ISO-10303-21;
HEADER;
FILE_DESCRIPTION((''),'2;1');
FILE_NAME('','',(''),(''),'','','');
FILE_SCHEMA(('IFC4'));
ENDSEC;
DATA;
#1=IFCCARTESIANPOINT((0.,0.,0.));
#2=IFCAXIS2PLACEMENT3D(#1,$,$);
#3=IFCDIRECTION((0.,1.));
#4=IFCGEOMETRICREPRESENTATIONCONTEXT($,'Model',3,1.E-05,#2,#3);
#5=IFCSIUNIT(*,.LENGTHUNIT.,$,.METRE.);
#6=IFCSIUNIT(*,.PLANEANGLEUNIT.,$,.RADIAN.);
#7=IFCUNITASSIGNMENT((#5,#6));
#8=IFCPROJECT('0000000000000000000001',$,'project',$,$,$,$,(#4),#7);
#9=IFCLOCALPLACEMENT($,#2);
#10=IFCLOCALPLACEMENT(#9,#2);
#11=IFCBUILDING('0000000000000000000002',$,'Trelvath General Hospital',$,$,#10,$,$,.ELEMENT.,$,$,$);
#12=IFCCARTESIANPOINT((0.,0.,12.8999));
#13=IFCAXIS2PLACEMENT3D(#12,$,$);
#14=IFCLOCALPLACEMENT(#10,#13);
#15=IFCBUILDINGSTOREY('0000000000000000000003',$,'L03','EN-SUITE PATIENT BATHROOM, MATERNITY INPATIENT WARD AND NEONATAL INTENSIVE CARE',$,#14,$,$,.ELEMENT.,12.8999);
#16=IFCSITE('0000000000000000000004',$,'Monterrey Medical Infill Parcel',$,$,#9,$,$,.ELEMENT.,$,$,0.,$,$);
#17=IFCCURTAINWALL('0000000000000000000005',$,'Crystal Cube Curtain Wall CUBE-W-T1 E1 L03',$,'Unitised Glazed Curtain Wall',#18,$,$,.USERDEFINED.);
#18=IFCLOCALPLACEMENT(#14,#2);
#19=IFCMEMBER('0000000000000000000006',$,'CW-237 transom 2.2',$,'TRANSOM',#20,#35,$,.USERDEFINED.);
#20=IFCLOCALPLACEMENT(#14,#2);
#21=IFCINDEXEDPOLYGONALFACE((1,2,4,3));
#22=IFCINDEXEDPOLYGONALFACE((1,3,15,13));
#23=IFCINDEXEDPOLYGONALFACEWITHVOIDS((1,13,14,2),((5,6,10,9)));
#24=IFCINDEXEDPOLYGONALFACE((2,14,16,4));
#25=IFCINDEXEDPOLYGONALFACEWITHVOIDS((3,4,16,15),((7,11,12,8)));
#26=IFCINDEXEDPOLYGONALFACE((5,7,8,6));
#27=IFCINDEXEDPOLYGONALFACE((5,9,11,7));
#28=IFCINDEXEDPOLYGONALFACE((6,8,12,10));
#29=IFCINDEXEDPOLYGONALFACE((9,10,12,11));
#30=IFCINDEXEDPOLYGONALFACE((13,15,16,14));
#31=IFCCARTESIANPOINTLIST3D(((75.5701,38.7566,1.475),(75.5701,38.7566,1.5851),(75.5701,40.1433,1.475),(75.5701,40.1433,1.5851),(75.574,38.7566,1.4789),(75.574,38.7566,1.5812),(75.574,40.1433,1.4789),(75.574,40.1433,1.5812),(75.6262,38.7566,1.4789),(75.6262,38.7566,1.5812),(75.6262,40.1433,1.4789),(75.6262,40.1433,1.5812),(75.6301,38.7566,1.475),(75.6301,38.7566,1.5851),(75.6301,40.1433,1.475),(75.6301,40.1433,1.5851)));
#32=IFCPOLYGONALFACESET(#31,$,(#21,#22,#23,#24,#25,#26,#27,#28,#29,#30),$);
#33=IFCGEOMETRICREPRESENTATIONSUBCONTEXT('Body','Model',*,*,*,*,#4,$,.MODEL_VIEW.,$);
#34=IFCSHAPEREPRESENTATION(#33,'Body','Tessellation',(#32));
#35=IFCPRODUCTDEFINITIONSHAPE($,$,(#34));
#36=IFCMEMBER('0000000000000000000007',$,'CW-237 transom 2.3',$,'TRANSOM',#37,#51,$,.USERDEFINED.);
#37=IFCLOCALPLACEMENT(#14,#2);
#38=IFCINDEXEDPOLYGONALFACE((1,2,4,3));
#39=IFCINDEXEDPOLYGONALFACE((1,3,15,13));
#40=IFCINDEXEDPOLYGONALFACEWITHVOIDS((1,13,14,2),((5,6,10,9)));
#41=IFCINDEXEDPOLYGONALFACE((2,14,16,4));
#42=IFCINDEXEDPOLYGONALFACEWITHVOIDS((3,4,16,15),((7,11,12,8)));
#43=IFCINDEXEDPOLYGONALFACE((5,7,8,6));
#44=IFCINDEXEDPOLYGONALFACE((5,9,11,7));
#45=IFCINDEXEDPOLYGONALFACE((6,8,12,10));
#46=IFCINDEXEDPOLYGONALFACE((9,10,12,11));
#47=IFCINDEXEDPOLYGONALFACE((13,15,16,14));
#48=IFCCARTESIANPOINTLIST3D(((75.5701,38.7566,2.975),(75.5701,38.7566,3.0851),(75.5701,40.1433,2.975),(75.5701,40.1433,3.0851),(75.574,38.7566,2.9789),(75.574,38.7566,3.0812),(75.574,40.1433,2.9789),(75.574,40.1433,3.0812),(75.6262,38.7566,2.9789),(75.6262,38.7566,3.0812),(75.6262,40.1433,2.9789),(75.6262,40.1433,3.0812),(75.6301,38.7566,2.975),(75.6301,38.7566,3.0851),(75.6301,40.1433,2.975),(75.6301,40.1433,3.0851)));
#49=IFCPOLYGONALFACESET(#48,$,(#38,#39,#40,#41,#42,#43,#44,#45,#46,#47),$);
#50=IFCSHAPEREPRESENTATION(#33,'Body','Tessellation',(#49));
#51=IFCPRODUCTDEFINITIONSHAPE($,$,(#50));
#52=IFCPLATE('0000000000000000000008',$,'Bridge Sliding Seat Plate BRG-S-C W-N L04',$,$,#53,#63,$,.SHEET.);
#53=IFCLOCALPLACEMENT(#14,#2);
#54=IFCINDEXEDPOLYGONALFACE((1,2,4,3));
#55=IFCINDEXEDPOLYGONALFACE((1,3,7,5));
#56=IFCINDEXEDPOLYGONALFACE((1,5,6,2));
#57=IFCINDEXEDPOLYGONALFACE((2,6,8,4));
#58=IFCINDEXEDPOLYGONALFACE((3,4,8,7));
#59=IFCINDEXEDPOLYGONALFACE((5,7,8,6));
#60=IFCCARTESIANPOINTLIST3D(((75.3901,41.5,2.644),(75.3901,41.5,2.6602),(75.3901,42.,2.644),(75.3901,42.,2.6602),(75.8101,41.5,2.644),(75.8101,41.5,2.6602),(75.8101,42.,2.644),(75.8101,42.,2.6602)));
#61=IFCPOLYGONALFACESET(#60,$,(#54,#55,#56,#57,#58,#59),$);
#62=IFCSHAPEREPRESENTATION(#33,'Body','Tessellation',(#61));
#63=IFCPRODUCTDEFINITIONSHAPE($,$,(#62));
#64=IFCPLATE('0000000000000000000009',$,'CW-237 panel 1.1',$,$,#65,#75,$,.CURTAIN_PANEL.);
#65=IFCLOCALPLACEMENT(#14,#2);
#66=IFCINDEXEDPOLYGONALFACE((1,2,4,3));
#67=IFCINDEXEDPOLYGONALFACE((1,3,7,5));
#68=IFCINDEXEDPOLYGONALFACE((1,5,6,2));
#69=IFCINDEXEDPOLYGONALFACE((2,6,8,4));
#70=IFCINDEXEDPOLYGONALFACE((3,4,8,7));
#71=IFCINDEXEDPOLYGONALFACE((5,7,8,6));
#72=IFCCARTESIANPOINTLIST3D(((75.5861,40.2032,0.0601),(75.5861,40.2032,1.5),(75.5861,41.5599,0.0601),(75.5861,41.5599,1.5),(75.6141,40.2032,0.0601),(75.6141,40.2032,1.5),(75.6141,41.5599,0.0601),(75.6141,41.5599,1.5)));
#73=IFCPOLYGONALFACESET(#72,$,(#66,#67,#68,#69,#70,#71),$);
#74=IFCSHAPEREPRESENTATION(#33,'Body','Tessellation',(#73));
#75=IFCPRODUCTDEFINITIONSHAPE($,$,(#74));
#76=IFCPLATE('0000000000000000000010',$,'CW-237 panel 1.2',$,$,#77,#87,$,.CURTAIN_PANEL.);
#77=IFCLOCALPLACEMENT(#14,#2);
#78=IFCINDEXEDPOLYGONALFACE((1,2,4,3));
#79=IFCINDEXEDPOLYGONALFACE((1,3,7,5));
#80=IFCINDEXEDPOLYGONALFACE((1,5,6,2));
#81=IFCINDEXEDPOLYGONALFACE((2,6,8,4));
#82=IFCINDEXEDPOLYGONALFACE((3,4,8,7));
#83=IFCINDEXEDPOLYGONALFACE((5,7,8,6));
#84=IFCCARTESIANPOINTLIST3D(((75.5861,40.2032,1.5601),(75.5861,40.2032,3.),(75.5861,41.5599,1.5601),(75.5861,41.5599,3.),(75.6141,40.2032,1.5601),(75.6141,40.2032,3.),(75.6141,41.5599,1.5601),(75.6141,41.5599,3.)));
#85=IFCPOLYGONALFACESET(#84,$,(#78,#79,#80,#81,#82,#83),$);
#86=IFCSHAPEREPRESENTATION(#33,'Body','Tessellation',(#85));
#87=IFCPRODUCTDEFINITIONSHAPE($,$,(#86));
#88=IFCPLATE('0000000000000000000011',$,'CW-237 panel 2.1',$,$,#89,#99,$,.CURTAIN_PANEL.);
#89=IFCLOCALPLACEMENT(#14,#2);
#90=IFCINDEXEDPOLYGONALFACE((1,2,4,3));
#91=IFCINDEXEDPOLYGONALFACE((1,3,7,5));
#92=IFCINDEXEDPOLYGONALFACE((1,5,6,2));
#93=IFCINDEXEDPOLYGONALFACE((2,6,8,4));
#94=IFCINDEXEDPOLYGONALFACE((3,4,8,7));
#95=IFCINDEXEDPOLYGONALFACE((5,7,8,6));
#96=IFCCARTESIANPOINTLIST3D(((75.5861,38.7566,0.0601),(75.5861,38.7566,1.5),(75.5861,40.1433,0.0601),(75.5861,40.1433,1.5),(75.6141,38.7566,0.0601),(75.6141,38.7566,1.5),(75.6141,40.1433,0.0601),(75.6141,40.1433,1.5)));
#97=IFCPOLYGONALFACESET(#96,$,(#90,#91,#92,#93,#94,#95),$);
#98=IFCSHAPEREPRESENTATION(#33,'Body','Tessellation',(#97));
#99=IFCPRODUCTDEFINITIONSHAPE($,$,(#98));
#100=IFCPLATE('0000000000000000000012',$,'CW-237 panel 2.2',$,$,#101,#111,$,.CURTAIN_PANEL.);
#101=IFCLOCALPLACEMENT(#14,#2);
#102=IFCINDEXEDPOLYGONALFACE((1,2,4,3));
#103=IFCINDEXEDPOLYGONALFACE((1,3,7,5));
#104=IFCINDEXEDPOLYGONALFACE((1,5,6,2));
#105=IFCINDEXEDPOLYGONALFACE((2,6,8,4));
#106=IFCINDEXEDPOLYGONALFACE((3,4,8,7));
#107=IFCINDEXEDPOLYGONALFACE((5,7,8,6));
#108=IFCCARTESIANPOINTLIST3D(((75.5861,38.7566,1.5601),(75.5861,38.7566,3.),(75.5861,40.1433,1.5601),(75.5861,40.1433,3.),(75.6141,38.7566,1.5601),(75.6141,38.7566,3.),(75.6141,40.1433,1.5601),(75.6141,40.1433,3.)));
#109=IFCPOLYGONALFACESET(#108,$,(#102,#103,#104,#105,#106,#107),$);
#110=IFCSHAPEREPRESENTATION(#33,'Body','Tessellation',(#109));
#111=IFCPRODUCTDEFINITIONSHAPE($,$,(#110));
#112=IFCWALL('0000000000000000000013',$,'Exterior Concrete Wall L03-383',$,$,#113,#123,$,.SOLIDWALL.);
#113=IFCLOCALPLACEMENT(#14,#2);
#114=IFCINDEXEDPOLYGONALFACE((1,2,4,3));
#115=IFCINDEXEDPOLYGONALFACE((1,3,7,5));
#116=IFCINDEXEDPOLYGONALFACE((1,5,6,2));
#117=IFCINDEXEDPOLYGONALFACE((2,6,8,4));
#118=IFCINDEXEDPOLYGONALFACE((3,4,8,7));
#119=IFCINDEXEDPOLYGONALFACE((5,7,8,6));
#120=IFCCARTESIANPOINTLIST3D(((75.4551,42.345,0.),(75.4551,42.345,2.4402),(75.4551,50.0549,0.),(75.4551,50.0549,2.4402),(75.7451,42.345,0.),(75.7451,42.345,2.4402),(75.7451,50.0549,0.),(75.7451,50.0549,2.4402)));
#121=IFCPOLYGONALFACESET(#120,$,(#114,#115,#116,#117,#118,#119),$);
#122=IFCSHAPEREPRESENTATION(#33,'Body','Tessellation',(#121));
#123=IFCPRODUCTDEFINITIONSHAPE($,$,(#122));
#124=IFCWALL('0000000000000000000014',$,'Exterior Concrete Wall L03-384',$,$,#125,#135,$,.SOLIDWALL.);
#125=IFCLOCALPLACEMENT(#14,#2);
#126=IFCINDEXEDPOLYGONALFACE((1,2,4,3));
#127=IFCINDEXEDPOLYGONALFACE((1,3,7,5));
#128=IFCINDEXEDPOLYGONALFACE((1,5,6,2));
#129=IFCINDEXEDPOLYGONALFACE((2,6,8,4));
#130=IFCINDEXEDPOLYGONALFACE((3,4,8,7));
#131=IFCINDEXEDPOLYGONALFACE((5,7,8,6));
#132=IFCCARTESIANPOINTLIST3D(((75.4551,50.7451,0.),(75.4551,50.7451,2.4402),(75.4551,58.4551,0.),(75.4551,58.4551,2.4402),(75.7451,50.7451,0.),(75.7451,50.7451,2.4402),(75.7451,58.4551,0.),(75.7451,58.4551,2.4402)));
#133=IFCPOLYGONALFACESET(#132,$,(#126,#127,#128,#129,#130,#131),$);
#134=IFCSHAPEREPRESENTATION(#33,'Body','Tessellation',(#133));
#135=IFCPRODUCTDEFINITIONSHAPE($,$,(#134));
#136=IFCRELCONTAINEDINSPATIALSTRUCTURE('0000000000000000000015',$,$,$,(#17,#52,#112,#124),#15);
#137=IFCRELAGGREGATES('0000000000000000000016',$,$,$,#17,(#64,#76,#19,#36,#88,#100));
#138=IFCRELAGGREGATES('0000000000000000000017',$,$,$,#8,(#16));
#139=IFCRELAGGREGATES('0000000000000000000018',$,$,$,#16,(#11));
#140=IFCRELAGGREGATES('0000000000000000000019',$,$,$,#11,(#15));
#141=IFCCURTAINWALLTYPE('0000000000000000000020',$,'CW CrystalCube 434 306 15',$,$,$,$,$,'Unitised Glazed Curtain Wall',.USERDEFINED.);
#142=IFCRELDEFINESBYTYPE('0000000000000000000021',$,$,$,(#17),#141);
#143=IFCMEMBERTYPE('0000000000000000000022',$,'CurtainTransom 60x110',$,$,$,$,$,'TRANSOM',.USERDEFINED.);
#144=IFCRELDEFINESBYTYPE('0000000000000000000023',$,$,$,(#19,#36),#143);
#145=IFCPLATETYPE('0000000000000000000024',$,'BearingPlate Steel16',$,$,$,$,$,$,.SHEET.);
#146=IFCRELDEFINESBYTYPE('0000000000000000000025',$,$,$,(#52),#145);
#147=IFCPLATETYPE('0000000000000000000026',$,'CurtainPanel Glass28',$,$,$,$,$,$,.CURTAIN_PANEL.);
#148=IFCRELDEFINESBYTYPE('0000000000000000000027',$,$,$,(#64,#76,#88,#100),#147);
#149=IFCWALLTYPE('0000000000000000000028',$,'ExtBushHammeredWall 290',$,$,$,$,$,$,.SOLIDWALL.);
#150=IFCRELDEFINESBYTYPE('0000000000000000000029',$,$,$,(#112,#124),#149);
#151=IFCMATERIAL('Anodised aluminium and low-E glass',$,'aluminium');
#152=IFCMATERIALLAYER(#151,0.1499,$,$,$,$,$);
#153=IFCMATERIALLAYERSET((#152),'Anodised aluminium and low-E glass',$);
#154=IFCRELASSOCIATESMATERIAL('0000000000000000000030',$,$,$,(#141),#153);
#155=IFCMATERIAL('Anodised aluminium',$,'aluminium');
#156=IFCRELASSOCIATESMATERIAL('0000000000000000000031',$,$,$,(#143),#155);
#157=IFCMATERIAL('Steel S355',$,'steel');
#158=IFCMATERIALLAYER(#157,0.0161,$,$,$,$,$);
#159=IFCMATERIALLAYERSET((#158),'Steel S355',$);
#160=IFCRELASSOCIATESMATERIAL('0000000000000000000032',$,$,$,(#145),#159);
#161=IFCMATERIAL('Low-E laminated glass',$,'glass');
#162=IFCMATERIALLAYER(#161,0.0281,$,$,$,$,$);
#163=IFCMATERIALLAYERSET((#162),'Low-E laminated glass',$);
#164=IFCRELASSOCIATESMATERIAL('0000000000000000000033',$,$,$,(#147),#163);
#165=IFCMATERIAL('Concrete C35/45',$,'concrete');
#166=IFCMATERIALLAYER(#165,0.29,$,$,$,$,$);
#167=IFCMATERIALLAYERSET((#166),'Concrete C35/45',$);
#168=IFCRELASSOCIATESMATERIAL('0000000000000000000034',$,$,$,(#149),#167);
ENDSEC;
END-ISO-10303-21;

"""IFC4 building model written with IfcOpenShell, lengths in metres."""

from ifc_helpers import new_model, si_unit, direction, frame, frame_2d, origin, origin_2d, place, context, subcontext, project, spatial, rectangle, hollow_rectangle, extrude, material, layer, layer_set, material_profile, profile_set, type_object, element, aggregate, save


model = new_model("IFC4")

# Units and contexts
model_context = context("Model", 3, precision=1e-05, world=origin(), true_north=direction((0.0, 1.0)))
body_context = subcontext(model_context, "Body", "Model", "MODEL_VIEW")
ifc_project = project(units=[si_unit("LENGTHUNIT", "METRE"), si_unit("PLANEANGLEUNIT", "RADIAN")], contexts=[model_context])

# Site, building, storey
site_placement = place(None, origin())
site = spatial("IfcSite", under=ifc_project, at=site_placement, Name="Monterrey Medical Infill Parcel", CompositionType="ELEMENT", RefElevation=0.0)
building_placement = place(site_placement, origin())
building = spatial("IfcBuilding", under=site, at=building_placement, Name="Trelvath General Hospital", CompositionType="ELEMENT")
storey_placement = place(building_placement, frame((0.0, 0.0, 12.8999)))
storey = spatial("IfcBuildingStorey", under=building, at=storey_placement, Name="L03", Description="EN-SUITE PATIENT BATHROOM, MATERNITY INPATIENT WARD AND NEONATAL INTENSIVE CARE", CompositionType="ELEMENT", Elevation=12.8999)

# Curtain wall, members
ifc_material_1 = material(Name="Anodised aluminium and low-E glass", Category="aluminium")
ifc_layer_1 = layer(ifc_material_1, 0.1499)
ifc_layer_set_1 = layer_set([ifc_layer_1], Name="Anodised aluminium and low-E glass")
curtain_wall_type = type_object("IfcCurtainWallType", Name="CW CrystalCube 434 306 15", ElementType="Unitised Glazed Curtain Wall", PredefinedType="USERDEFINED", material=ifc_layer_set_1)
curtain_wall_placement = place(storey_placement, origin())
curtain_wall = element("IfcCurtainWall", 1, at=curtain_wall_placement, inside=storey, type_object=curtain_wall_type, Name="Crystal Cube Curtain Wall CUBE-W-T1 E1 L03", ObjectType="Unitised Glazed Curtain Wall", PredefinedType="USERDEFINED")
ifc_material_2 = material(Name="Anodised aluminium", Category="aluminium")
ifc_material_profile_1 = material_profile(ifc_material_2, hollow_rectangle(XDim=0.0601, YDim=0.1101, WallThickness=0.0039, at=origin_2d()), Name="RHS60x110x4")
ifc_profile_set_1 = profile_set([ifc_material_profile_1], Name="Anodised aluminium")
member_type_1 = type_object("IfcMemberType", Name="CurtainTransom 60x110", ElementType="TRANSOM", PredefinedType="USERDEFINED", material=ifc_profile_set_1)
member_1_placement = place(storey_placement, frame((75.6001, 40.1433, 1.53), z_axis=(0.0, -1.0, 0.0), x_axis=(1.0, 0.0, 0.0)))
member_1 = element("IfcMember", 2, at=member_1_placement, type_object=member_type_1, Name="CW-237 transom 2.2", ObjectType="TRANSOM", PredefinedType="USERDEFINED", context=body_context, shape_type="SweptSolid", body=[
    extrude(hollow_rectangle(XDim=0.0601, YDim=0.1101, WallThickness=0.0039, at=origin_2d()), origin(), (0.0, 0.0, 1.0), 1.3867),
])
member_2_placement = place(storey_placement, frame((75.6001, 40.1433, 3.03), z_axis=(0.0, -1.0, 0.0), x_axis=(1.0, 0.0, 0.0)))
member_2 = element("IfcMember", 3, at=member_2_placement, type_object=member_type_1, Name="CW-237 transom 2.3", ObjectType="TRANSOM", PredefinedType="USERDEFINED", context=body_context, shape_type="SweptSolid", body=[
    extrude(hollow_rectangle(XDim=0.0601, YDim=0.1101, WallThickness=0.0039, at=origin_2d()), origin(), (0.0, 0.0, 1.0), 1.3867),
])

# Plates
ifc_material_3 = material(Name="Steel S355", Category="steel")
ifc_layer_2 = layer(ifc_material_3, 0.0161)
ifc_layer_set_2 = layer_set([ifc_layer_2], Name="Steel S355")
plate_type_1 = type_object("IfcPlateType", Name="BearingPlate Steel16", PredefinedType="SHEET", material=ifc_layer_set_2)
plate_1_placement = place(storey_placement, frame((75.6001, 41.75, 2.644), z_axis=(0.0, 0.0, 1.0), x_axis=(1.0, 0.0, 0.0)))
element("IfcPlate", 4, at=plate_1_placement, inside=storey, type_object=plate_type_1, Name="Bridge Sliding Seat Plate BRG-S-C W-N L04", PredefinedType="SHEET", context=body_context, shape_type="SweptSolid", body=[
    extrude(rectangle(XDim=0.4199, YDim=0.5, at=origin_2d()), origin(), (0.0, 0.0, 1.0), 0.0161),
])
ifc_material_4 = material(Name="Low-E laminated glass", Category="glass")
ifc_layer_3 = layer(ifc_material_4, 0.0281)
ifc_layer_set_3 = layer_set([ifc_layer_3], Name="Low-E laminated glass")
plate_type_2 = type_object("IfcPlateType", Name="CurtainPanel Glass28", PredefinedType="CURTAIN_PANEL", material=ifc_layer_set_3)
plate_2_placement = place(storey_placement, frame((75.6001, 40.8816, 0.0601), z_axis=(0.0, 0.0, 1.0), x_axis=(0.0, -1.0, 0.0)))
plate_2 = element("IfcPlate", 5, at=plate_2_placement, type_object=plate_type_2, Name="CW-237 panel 1.1", PredefinedType="CURTAIN_PANEL", context=body_context, shape_type="SweptSolid", body=[
    extrude(rectangle(XDim=1.3567, YDim=0.0281, at=origin_2d()), origin(), (0.0, 0.0, 1.0), 1.4399),
])
plate_3_placement = place(storey_placement, frame((75.6001, 40.8816, 1.5601), z_axis=(0.0, 0.0, 1.0), x_axis=(0.0, -1.0, 0.0)))
plate_3 = element("IfcPlate", 6, at=plate_3_placement, type_object=plate_type_2, Name="CW-237 panel 1.2", PredefinedType="CURTAIN_PANEL", context=body_context, shape_type="SweptSolid", body=[
    extrude(rectangle(XDim=1.3567, YDim=0.0281, at=origin_2d()), origin(), (0.0, 0.0, 1.0), 1.4399),
])
plate_4_placement = place(storey_placement, frame((75.6001, 39.45, 0.0601), z_axis=(0.0, 0.0, 1.0), x_axis=(0.0, -1.0, 0.0)))
plate_4 = element("IfcPlate", 7, at=plate_4_placement, type_object=plate_type_2, Name="CW-237 panel 2.1", PredefinedType="CURTAIN_PANEL", context=body_context, shape_type="SweptSolid", body=[
    extrude(rectangle(XDim=1.3867, YDim=0.0281, at=origin_2d()), origin(), (0.0, 0.0, 1.0), 1.4399),
])
plate_5_placement = place(storey_placement, frame((75.6001, 39.45, 1.5601), z_axis=(0.0, 0.0, 1.0), x_axis=(0.0, -1.0, 0.0)))
plate_5 = element("IfcPlate", 8, at=plate_5_placement, type_object=plate_type_2, Name="CW-237 panel 2.2", PredefinedType="CURTAIN_PANEL", context=body_context, shape_type="SweptSolid", body=[
    extrude(rectangle(XDim=1.3867, YDim=0.0281, at=origin_2d()), origin(), (0.0, 0.0, 1.0), 1.4399),
])
aggregate(curtain_wall, [plate_2, plate_3, member_1, member_2, plate_4, plate_5])

# Walls
ifc_material_5 = material(Name="Concrete C35/45", Category="concrete")
ifc_layer_4 = layer(ifc_material_5, 0.29)
ifc_layer_set_4 = layer_set([ifc_layer_4], Name="Concrete C35/45")
wall_type = type_object("IfcWallType", Name="ExtBushHammeredWall 290", PredefinedType="SOLIDWALL", material=ifc_layer_set_4)
for number, where, z_axis, x_axis, name in (
    (9, (75.6001, 42.345, 0.0), (0.0, 0.0, 1.0), (0.0, 1.0, 0.0), "Exterior Concrete Wall L03-383"),
    (10, (75.6001, 50.7451, 0.0), (0.0, 0.0, 1.0), (0.0, 1.0, 0.0), "Exterior Concrete Wall L03-384"),
):
    element("IfcWall", number, at=place(storey_placement, frame(where, z_axis=z_axis, x_axis=x_axis)), inside=storey, type_object=wall_type, Name=name, PredefinedType="SOLIDWALL", context=body_context, shape_type="SweptSolid", body=[
        extrude(rectangle(XDim=7.71, YDim=0.29, at=frame_2d((3.855, 0.0))), origin(), (0.0, 0.0, 1.0), 2.4402),
    ])

save(model, "model.ifc")
